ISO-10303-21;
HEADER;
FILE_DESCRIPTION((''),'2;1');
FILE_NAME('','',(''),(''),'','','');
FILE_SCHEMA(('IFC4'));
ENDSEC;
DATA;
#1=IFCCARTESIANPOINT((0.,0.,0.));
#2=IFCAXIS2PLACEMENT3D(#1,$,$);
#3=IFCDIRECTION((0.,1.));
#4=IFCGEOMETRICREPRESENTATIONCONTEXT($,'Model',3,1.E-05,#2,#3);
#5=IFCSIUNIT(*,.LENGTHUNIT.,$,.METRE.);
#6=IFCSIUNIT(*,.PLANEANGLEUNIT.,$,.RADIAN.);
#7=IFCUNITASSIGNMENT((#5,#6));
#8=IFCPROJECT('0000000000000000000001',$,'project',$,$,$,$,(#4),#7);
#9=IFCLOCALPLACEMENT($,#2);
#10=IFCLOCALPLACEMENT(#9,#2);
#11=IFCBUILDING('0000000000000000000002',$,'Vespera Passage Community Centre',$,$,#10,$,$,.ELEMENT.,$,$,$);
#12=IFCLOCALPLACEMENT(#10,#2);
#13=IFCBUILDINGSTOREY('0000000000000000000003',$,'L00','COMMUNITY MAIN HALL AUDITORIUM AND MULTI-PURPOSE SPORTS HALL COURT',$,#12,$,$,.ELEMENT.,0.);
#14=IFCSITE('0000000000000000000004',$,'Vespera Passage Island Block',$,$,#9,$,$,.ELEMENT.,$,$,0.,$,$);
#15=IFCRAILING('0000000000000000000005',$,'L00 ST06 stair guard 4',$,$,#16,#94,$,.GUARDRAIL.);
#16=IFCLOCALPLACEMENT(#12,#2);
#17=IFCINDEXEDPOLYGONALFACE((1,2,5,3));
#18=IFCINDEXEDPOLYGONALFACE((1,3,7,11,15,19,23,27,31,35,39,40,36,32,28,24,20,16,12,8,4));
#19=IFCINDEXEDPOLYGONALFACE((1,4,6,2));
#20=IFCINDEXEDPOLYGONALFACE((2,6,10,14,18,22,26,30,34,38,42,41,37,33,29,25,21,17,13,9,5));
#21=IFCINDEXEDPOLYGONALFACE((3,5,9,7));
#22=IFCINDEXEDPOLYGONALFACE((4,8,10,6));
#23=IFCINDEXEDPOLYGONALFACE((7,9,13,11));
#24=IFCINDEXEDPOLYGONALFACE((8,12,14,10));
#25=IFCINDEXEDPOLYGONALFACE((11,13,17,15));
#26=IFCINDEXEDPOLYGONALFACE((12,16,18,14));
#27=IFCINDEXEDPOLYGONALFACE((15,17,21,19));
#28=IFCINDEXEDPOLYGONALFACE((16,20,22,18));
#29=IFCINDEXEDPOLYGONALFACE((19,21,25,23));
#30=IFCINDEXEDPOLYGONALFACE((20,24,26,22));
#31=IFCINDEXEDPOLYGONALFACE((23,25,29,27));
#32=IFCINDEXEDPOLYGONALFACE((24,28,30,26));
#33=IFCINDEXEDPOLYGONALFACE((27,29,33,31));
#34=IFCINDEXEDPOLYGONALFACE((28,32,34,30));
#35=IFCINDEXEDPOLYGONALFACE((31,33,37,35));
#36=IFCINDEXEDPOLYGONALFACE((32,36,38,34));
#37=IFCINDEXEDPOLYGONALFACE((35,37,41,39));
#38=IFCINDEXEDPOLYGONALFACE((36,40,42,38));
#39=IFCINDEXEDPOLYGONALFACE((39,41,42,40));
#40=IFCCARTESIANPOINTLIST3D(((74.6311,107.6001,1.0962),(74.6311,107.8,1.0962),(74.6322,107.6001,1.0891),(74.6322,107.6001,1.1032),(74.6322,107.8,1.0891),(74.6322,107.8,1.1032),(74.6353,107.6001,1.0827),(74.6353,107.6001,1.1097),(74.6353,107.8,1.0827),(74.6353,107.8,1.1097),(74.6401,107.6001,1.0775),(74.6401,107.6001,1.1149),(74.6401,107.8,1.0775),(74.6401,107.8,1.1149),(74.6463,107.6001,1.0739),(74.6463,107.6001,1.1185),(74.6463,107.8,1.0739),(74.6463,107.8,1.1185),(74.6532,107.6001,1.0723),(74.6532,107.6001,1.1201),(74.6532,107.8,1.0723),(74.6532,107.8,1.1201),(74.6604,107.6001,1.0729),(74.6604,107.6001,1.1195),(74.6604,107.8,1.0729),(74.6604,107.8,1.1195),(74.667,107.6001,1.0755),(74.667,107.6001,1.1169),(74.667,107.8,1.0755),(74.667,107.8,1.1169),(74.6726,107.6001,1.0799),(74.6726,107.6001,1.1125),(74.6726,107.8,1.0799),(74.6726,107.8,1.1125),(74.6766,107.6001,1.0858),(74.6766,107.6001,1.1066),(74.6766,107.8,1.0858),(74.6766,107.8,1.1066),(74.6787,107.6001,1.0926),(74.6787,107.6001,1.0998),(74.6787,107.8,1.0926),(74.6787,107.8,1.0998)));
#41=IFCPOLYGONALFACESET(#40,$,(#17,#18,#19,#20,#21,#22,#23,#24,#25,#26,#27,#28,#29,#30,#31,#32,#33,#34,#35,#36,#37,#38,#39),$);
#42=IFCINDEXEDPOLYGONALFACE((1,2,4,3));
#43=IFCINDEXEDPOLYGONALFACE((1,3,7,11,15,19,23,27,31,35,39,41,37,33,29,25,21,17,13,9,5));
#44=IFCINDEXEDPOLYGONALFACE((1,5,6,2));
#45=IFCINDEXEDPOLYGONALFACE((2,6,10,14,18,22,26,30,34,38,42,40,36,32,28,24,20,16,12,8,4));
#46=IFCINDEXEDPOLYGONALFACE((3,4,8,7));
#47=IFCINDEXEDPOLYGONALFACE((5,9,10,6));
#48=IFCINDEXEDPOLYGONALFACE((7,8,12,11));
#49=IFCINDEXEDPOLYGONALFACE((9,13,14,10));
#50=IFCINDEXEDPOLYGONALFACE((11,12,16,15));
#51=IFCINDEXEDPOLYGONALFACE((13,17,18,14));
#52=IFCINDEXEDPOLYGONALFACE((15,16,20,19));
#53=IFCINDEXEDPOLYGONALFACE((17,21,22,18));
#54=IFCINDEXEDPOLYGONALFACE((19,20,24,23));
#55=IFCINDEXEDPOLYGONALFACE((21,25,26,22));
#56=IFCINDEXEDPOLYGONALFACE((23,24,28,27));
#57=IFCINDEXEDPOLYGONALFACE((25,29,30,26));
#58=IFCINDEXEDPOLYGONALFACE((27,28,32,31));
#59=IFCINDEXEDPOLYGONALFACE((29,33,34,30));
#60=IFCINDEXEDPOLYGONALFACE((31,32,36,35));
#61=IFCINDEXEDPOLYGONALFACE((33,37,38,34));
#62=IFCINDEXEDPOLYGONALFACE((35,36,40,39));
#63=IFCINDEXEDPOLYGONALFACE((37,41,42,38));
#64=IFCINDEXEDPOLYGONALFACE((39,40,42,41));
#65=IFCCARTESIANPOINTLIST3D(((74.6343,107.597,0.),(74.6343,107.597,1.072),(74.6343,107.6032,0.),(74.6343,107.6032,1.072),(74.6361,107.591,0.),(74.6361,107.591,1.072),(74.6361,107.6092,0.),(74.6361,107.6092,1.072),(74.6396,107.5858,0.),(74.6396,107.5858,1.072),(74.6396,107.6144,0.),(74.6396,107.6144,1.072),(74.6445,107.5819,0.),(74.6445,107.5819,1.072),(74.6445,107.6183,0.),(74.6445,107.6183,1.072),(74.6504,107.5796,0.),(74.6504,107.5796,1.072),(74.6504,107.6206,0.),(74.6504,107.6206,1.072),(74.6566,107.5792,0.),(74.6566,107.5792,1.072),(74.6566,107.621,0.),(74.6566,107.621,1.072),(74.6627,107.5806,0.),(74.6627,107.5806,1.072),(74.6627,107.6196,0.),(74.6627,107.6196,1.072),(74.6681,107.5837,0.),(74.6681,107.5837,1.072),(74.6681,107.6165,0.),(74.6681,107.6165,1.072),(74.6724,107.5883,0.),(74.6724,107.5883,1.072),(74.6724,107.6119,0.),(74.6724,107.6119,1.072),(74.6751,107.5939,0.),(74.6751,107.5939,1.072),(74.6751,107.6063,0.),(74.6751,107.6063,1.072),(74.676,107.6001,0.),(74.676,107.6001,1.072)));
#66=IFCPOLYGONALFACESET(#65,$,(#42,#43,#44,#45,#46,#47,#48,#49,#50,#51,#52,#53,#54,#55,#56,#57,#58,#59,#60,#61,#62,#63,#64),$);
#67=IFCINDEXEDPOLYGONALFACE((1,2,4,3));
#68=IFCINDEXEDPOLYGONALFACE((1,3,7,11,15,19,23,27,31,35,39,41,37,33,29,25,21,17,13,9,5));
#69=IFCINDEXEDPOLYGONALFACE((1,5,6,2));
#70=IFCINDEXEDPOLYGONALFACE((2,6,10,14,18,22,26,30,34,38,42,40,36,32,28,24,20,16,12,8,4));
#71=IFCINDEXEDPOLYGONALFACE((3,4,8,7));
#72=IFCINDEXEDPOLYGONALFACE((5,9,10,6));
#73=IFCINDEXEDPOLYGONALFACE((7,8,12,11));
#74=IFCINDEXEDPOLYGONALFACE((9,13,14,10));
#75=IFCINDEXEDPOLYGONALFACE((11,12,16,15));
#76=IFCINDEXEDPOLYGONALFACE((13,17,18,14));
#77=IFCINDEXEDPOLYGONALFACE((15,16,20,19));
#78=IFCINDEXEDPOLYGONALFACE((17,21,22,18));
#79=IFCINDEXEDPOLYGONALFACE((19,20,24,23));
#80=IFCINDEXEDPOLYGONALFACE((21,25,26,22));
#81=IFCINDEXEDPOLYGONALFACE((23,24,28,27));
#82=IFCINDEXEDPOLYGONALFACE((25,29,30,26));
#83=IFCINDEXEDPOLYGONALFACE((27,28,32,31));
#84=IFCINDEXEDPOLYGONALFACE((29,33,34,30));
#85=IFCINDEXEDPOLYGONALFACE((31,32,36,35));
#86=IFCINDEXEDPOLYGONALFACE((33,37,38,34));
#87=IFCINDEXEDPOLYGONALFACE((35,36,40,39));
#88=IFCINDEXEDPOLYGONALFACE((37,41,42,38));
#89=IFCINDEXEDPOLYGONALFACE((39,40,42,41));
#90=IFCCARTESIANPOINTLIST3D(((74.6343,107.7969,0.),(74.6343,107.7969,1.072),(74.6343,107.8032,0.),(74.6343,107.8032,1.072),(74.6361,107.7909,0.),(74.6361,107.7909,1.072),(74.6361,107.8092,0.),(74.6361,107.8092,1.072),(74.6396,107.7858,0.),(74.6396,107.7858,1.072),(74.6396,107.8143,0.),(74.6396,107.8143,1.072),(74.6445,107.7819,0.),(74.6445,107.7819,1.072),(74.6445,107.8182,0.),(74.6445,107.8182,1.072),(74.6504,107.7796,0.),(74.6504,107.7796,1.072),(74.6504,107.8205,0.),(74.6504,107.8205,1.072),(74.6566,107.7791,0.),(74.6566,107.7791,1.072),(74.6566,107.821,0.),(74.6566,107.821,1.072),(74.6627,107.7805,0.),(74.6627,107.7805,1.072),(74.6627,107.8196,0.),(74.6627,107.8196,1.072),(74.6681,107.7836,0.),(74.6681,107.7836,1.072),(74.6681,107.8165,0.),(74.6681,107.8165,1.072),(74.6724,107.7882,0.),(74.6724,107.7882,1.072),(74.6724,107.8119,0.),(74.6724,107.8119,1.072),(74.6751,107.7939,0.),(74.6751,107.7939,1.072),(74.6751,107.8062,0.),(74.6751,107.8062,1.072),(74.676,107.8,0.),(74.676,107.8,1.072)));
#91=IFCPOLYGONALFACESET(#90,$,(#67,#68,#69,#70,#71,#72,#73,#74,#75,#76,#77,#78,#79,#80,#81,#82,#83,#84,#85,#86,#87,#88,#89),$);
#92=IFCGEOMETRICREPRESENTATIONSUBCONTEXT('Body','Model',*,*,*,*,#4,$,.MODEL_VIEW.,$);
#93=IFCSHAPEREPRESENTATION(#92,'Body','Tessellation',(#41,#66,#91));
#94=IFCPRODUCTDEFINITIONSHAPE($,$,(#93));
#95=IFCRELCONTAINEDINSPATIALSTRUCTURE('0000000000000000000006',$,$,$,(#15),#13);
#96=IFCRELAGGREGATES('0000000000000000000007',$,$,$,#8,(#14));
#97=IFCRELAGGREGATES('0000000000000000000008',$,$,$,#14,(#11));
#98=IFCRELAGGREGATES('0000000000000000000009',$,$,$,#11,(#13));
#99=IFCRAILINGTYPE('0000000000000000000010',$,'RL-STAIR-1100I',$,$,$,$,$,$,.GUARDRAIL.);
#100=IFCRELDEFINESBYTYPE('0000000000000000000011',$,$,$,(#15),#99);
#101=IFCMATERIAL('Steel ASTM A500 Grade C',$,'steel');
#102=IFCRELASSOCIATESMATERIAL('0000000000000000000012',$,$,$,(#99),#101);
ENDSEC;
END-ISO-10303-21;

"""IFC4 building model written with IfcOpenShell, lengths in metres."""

from ifc_helpers import new_model, si_unit, direction, frame, origin, origin_2d, place, context, subcontext, project, spatial, circle, extrude, material, type_object, element, save


model = new_model("IFC4")

# Units and contexts
model_context = context("Model", 3, precision=1e-05, world=origin(), true_north=direction((0.0, 1.0)))
body_context = subcontext(model_context, "Body", "Model", "MODEL_VIEW")
ifc_project = project(units=[si_unit("LENGTHUNIT", "METRE"), si_unit("PLANEANGLEUNIT", "RADIAN")], contexts=[model_context])

# Site, building, storey
site_placement = place(None, origin())
site = spatial("IfcSite", under=ifc_project, at=site_placement, Name="Vespera Passage Island Block", CompositionType="ELEMENT", RefElevation=0.0)
building_placement = place(site_placement, origin())
building = spatial("IfcBuilding", under=site, at=building_placement, Name="Vespera Passage Community Centre", CompositionType="ELEMENT")
storey_placement = place(building_placement, origin())
storey = spatial("IfcBuildingStorey", under=building, at=storey_placement, Name="L00", Description="COMMUNITY MAIN HALL AUDITORIUM AND MULTI-PURPOSE SPORTS HALL COURT", CompositionType="ELEMENT", Elevation=0.0)

# Railing
ifc_material_1 = material(Name="Steel ASTM A500 Grade C", Category="steel")
railing_type_1 = type_object("IfcRailingType", Name="RL-STAIR-1100I", PredefinedType="GUARDRAIL", material=ifc_material_1)
railing_1_placement = place(storey_placement, frame((74.655, 107.6001, 0.0)))
element("IfcRailing", 1, at=railing_1_placement, inside=storey, type_object=railing_type_1, Name="L00 ST06 stair guard 4", PredefinedType="GUARDRAIL", context=body_context, shape_type="SweptSolid", body=[
    extrude(circle(Radius=0.0239, at=origin_2d()), frame((0.0, 0.0, 1.0962), z_axis=(0.0, 1.0, 0.0), x_axis=(-1.0, 0.0, 0.0)), (0.0, 0.0, 1.0), 0.2),
    extrude(circle(Radius=0.021, at=origin_2d()), origin(), (0.0, 0.0, 1.0), 1.072),
    extrude(circle(Radius=0.021, at=origin_2d()), frame((0.0, 0.2, 0.0)), (0.0, 0.0, 1.0), 1.072),
])

save(model, "model.ifc")
